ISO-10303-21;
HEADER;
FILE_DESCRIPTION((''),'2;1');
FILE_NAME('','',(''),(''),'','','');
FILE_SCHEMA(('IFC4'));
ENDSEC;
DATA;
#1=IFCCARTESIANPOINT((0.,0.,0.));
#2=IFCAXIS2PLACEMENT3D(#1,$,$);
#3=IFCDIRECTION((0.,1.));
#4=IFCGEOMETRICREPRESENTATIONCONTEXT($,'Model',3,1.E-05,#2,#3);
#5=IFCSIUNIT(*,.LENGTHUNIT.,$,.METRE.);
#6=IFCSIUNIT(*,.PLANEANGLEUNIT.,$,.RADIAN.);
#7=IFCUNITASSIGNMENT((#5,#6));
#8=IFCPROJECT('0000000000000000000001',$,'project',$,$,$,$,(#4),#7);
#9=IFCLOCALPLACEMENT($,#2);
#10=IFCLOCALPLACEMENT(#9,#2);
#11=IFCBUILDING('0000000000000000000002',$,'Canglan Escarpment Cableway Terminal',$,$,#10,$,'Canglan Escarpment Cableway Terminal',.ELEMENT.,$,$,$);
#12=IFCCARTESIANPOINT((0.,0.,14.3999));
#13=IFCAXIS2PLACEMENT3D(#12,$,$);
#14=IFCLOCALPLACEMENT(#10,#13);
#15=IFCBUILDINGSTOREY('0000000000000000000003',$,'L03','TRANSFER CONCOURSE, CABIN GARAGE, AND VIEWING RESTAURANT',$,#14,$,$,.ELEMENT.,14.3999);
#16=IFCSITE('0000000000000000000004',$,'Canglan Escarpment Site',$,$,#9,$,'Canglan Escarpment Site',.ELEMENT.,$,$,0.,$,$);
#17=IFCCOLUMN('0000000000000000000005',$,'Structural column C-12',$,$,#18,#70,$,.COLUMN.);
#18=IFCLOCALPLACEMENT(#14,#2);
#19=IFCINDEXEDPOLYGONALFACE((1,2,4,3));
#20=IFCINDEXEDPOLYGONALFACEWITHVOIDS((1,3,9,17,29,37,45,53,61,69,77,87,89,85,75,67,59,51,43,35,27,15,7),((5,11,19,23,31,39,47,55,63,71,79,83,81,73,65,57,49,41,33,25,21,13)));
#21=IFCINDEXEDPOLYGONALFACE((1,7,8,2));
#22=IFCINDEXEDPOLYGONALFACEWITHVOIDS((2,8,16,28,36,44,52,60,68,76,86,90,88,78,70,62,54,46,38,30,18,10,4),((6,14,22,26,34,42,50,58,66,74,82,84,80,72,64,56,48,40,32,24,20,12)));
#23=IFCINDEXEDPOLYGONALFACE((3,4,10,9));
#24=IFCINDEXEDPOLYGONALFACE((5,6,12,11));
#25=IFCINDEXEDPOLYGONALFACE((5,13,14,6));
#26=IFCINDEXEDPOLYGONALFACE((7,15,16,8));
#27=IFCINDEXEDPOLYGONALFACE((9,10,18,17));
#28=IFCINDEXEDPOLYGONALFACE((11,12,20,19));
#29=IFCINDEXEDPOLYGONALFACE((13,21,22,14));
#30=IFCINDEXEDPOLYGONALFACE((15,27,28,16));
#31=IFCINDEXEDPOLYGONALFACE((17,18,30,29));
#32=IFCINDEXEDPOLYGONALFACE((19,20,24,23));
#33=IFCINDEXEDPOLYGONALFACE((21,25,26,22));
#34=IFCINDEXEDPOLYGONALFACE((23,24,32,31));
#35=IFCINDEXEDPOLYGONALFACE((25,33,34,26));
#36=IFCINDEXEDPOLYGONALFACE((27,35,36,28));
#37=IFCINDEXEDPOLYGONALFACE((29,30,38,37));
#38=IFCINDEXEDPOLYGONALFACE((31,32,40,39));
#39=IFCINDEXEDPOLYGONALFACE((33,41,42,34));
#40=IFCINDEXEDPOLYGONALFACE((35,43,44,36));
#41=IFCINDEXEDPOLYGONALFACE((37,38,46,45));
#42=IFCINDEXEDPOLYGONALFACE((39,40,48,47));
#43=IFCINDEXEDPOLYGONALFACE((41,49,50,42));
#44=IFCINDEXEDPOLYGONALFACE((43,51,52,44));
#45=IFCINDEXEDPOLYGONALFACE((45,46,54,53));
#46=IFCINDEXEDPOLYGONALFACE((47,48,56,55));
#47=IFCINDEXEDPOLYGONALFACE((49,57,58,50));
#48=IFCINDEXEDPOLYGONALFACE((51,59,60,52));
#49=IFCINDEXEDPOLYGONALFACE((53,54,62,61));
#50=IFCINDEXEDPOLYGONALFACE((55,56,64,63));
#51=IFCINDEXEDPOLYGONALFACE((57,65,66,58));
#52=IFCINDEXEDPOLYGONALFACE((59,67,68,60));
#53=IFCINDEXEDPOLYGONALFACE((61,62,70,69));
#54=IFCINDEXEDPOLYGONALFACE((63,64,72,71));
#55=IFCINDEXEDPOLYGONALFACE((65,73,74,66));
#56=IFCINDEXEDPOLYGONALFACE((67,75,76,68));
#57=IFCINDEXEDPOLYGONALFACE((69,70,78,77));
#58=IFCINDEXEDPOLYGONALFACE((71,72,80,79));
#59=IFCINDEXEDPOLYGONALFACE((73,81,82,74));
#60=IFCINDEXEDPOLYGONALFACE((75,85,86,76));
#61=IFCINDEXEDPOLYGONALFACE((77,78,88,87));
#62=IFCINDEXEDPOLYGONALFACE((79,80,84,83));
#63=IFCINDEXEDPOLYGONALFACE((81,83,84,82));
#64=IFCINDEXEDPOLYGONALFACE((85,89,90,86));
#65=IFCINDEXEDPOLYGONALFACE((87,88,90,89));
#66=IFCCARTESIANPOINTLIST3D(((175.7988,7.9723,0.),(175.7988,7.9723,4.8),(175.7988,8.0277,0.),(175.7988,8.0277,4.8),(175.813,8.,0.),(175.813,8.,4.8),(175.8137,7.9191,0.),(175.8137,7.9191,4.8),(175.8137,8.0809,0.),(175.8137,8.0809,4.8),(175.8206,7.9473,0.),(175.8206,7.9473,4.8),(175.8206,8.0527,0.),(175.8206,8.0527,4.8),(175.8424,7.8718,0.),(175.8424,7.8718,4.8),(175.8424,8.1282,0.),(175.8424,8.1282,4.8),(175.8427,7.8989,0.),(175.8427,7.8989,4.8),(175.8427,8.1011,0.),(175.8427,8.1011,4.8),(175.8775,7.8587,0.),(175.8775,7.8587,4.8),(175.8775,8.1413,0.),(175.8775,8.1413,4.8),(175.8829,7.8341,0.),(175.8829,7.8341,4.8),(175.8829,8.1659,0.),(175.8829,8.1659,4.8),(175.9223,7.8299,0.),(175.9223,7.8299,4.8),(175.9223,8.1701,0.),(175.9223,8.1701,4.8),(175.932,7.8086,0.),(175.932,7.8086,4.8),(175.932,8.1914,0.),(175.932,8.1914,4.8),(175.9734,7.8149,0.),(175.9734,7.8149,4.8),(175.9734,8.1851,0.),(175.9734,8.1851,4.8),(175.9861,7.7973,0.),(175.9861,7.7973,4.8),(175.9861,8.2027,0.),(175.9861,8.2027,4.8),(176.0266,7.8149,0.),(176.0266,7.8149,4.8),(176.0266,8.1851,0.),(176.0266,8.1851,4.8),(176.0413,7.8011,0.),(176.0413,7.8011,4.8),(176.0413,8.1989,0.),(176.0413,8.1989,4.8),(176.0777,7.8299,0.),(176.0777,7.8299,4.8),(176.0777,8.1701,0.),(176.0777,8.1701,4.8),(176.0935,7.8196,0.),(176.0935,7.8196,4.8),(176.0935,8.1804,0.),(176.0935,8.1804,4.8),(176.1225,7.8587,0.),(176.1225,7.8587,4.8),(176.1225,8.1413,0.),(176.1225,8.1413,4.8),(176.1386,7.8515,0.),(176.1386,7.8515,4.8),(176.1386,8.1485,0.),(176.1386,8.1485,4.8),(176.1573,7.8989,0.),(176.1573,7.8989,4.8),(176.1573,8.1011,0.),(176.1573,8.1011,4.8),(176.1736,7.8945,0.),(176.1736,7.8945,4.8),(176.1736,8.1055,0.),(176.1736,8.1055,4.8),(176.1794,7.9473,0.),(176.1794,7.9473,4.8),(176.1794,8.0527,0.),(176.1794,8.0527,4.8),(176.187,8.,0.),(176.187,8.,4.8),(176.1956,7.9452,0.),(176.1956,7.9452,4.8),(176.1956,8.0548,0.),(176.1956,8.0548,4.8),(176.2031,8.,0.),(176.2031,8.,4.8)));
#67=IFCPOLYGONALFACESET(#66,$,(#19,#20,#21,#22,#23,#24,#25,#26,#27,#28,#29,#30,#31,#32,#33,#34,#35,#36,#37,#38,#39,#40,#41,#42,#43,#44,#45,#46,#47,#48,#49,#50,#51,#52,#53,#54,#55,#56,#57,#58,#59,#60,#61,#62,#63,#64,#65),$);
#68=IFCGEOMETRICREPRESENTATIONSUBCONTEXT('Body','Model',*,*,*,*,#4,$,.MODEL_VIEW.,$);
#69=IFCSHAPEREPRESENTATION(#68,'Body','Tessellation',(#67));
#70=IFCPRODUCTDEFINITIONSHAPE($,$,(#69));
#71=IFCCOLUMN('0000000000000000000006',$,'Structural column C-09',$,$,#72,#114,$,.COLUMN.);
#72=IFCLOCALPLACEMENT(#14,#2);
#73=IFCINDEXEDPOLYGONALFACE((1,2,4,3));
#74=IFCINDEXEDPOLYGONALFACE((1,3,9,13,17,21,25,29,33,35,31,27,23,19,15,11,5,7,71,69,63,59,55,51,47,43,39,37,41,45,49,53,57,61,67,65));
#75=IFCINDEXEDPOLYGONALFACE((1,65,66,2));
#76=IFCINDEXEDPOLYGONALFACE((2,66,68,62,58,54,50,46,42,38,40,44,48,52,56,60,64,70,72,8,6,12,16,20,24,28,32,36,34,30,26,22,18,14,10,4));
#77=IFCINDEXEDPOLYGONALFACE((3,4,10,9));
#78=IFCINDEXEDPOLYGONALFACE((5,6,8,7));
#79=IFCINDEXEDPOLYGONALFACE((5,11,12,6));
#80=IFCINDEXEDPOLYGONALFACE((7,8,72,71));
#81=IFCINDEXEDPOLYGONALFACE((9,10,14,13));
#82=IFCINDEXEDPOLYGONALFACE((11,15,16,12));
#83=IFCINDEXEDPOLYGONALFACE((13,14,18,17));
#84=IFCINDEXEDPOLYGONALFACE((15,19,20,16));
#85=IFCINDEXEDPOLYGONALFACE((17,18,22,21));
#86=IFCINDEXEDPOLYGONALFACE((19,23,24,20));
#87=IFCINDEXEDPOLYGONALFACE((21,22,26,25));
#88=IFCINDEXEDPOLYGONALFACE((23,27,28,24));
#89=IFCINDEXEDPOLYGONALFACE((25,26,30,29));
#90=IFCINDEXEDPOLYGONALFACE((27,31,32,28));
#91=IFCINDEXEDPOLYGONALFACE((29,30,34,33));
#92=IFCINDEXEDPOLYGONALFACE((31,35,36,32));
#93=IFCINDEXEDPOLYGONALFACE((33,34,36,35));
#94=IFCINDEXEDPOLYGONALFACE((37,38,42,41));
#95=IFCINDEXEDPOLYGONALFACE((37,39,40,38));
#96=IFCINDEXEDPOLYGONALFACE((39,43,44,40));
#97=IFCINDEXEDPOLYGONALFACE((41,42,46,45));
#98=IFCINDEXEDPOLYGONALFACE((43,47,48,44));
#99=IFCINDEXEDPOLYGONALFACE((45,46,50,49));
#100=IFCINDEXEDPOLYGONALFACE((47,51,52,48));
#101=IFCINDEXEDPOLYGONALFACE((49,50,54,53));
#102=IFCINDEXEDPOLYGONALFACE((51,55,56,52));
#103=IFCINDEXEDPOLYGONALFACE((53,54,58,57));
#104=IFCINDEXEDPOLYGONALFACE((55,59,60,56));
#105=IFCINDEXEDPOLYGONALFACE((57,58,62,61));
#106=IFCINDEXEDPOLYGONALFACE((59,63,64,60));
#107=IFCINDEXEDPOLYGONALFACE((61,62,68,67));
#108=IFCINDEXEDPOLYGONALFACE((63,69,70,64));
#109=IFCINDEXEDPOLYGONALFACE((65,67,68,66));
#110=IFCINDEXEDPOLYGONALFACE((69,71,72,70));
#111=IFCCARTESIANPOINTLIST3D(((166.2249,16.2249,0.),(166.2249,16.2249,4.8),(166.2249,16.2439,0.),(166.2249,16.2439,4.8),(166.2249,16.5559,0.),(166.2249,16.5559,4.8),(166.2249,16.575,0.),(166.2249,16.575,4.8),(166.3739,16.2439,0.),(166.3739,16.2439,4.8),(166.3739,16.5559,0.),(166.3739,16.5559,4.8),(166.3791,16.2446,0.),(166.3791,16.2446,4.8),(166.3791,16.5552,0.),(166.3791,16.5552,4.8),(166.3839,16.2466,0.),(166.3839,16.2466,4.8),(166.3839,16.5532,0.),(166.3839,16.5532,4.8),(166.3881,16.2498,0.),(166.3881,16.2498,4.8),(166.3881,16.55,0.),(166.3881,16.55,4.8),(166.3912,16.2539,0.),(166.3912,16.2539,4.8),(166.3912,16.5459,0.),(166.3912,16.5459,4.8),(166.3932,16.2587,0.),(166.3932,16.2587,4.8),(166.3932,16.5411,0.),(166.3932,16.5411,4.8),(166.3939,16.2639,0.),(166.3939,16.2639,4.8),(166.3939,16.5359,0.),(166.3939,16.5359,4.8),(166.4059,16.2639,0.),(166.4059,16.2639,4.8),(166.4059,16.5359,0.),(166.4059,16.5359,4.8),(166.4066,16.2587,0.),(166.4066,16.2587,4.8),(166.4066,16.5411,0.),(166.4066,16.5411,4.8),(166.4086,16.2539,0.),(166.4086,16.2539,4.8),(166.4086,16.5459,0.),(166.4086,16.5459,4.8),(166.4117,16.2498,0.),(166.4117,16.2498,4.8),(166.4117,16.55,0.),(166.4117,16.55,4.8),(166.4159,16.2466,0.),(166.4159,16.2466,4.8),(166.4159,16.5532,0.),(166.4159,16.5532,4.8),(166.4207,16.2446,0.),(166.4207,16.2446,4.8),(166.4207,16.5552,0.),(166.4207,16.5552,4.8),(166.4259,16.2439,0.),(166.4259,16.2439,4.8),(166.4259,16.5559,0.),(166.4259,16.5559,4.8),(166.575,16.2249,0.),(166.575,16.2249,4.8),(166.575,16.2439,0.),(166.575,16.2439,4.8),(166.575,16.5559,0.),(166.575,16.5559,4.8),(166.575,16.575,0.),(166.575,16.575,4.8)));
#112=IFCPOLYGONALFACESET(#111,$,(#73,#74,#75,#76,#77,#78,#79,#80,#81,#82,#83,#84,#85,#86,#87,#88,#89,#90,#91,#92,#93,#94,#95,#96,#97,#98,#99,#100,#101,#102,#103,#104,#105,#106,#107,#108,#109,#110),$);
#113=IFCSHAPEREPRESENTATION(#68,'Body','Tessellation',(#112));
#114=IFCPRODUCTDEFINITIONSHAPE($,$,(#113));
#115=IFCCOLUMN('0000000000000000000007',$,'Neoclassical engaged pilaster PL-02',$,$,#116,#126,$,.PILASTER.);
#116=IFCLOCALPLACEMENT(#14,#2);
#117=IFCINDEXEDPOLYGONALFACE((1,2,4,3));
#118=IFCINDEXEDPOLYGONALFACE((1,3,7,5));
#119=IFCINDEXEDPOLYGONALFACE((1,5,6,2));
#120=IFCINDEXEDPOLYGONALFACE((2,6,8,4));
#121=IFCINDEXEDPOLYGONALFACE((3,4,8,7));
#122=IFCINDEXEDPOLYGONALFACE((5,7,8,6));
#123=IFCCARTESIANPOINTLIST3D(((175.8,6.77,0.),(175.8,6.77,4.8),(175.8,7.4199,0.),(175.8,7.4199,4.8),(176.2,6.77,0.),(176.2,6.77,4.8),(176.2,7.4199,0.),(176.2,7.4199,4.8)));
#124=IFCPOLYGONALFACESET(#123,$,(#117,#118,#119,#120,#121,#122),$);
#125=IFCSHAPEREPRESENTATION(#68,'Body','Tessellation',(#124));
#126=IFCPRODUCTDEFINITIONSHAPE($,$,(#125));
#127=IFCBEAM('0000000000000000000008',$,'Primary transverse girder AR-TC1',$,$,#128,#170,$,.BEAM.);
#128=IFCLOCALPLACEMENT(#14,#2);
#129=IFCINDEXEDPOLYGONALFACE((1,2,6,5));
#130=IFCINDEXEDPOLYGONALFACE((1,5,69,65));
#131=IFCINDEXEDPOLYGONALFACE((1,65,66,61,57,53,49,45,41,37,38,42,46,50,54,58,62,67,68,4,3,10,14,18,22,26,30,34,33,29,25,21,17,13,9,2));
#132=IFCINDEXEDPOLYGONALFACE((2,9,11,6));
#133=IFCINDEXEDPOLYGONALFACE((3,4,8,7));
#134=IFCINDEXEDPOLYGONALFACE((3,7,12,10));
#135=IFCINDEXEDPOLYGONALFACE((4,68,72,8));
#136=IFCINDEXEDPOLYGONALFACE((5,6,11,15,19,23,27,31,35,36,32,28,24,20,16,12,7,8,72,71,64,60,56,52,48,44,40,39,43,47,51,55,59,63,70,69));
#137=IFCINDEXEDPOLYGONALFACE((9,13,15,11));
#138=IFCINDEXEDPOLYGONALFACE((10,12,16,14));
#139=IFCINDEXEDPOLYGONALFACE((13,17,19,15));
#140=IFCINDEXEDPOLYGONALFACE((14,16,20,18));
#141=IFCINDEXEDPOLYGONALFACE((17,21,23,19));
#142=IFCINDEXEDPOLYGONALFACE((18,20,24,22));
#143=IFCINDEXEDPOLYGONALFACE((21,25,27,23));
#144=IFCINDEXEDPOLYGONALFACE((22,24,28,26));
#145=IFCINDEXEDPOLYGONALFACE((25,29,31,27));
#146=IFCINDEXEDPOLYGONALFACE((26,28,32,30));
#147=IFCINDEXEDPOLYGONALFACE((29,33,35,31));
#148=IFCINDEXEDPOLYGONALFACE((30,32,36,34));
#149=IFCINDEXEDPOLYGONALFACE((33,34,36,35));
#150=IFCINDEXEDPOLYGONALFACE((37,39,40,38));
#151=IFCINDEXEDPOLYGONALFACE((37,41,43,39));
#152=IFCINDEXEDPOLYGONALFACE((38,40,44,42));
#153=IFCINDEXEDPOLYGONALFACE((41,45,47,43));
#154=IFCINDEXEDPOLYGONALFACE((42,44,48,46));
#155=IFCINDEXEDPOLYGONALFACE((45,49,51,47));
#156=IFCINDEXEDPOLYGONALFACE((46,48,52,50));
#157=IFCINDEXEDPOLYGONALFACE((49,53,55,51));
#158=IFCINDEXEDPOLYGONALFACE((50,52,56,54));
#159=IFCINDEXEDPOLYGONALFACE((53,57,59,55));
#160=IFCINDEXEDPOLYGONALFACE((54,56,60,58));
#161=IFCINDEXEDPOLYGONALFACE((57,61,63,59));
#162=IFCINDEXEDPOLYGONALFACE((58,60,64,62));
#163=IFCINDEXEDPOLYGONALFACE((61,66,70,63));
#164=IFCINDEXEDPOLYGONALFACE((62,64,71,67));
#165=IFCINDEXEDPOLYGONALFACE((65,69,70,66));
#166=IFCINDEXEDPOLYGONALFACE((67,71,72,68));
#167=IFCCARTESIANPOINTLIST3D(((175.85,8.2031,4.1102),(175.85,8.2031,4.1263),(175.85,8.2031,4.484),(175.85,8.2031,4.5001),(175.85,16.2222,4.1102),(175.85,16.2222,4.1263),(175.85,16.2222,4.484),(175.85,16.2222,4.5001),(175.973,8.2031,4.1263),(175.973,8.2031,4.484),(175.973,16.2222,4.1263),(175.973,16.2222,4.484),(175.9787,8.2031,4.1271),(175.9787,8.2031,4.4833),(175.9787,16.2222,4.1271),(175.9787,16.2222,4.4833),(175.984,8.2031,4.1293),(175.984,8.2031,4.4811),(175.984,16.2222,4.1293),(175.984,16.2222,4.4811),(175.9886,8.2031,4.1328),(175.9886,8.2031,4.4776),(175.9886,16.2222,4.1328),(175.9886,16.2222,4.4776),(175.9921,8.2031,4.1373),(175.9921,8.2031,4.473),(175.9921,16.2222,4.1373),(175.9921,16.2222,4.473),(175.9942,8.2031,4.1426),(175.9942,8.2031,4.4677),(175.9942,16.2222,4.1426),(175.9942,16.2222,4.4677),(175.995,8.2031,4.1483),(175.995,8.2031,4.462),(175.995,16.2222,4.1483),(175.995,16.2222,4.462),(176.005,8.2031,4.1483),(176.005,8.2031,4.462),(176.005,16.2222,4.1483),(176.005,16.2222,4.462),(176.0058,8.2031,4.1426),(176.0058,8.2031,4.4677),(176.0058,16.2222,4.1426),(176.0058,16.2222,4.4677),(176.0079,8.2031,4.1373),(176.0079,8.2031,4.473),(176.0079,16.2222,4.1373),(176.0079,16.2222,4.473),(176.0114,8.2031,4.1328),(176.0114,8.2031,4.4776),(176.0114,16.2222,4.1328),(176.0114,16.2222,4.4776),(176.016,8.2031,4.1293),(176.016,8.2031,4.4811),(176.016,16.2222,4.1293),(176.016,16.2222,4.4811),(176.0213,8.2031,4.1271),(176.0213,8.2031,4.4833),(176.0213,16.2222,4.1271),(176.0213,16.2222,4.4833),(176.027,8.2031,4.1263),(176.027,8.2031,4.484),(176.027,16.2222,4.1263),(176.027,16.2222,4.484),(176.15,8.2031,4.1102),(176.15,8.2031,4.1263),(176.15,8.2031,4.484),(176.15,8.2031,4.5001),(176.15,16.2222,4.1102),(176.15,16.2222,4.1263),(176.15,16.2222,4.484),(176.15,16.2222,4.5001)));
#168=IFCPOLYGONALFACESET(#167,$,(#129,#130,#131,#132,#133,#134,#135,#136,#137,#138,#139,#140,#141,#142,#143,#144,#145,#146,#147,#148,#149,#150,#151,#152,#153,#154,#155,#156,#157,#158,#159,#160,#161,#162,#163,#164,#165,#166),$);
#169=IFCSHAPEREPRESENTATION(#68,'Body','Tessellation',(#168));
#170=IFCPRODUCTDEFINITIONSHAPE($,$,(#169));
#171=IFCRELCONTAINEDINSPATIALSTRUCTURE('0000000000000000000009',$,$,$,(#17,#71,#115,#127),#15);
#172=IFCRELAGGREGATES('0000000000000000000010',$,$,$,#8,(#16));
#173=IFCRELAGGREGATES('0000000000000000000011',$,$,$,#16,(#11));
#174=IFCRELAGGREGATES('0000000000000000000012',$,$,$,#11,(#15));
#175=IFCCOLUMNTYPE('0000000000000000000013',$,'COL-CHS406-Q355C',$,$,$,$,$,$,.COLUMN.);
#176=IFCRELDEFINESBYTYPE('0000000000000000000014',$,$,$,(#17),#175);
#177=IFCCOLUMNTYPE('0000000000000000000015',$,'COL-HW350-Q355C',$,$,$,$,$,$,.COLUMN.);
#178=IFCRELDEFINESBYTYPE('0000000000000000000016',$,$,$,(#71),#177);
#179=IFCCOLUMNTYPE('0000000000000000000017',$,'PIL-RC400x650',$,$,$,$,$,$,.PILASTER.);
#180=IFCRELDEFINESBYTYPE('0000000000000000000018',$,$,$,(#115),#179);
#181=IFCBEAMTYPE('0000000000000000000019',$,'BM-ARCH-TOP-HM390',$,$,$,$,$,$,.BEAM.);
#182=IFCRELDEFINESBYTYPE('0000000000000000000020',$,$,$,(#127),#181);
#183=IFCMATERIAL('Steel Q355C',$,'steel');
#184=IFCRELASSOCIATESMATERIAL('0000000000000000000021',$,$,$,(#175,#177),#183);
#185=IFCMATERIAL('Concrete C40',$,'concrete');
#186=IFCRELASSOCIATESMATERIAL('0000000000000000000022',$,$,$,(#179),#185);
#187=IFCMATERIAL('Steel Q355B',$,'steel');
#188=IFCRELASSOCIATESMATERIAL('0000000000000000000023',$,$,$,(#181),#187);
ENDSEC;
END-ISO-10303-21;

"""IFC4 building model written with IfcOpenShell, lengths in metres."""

from ifc_helpers import new_model, si_unit, direction, frame, origin, origin_2d, place, context, subcontext, project, spatial, rectangle, hollow_circle, i_section, extrude, material, material_profile, profile_set, type_object, element, save


model = new_model("IFC4")

# Units and contexts
model_context = context("Model", 3, precision=1e-05, world=origin(), true_north=direction((0.0, 1.0)))
body_context = subcontext(model_context, "Body", "Model", "MODEL_VIEW")
ifc_project = project(units=[si_unit("LENGTHUNIT", "METRE"), si_unit("PLANEANGLEUNIT", "RADIAN")], contexts=[model_context])

# Site, building, storey
site_placement = place(None, origin())
site = spatial("IfcSite", under=ifc_project, at=site_placement, Name="Canglan Escarpment Site", LongName="Canglan Escarpment Site", CompositionType="ELEMENT", RefElevation=0.0)
building_placement = place(site_placement, origin())
building = spatial("IfcBuilding", under=site, at=building_placement, Name="Canglan Escarpment Cableway Terminal", LongName="Canglan Escarpment Cableway Terminal", CompositionType="ELEMENT")
storey_placement = place(building_placement, frame((0.0, 0.0, 14.3999)))
storey = spatial("IfcBuildingStorey", under=building, at=storey_placement, Name="L03", Description="TRANSFER CONCOURSE, CABIN GARAGE, AND VIEWING RESTAURANT", CompositionType="ELEMENT", Elevation=14.3999)

# Columns
ifc_material_1 = material(Name="Steel Q355C", Category="steel")
ifc_material_profile_1 = material_profile(ifc_material_1, hollow_circle(Radius=0.2031, WallThickness=0.0161, at=origin_2d()), Name="CHS 406.4x16")
ifc_profile_set_1 = profile_set([ifc_material_profile_1], Name="Steel Q355C")
column_type_1 = type_object("IfcColumnType", Name="COL-CHS406-Q355C", PredefinedType="COLUMN", material=ifc_profile_set_1)
column_1_placement = place(storey_placement, frame((176.0, 8.0, 0.0), z_axis=(0.0, 0.0, 1.0), x_axis=(1.0, 0.0, 0.0)))
element("IfcColumn", 1, at=column_1_placement, inside=storey, type_object=column_type_1, Name="Structural column C-12", PredefinedType="COLUMN", context=body_context, shape_type="SweptSolid", body=[
    extrude(hollow_circle(Radius=0.2031, WallThickness=0.0161, at=origin_2d()), origin(), (0.0, 0.0, 1.0), 4.8),
])
ifc_material_profile_2 = material_profile(ifc_material_1, i_section(OverallWidth=0.3501, OverallDepth=0.3501, WebThickness=0.012, FlangeThickness=0.019, FilletRadius=0.02, at=origin_2d()), Name="HW 350x350x12x19")
ifc_profile_set_2 = profile_set([ifc_material_profile_2], Name="Steel Q355C")
column_type_2 = type_object("IfcColumnType", Name="COL-HW350-Q355C", PredefinedType="COLUMN", material=ifc_profile_set_2)
column_2_placement = place(storey_placement, frame((166.3999, 16.3999, 0.0), z_axis=(0.0, 0.0, 1.0), x_axis=(1.0, 0.0, 0.0)))
element("IfcColumn", 2, at=column_2_placement, inside=storey, type_object=column_type_2, Name="Structural column C-09", PredefinedType="COLUMN", context=body_context, shape_type="SweptSolid", body=[
    extrude(i_section(OverallWidth=0.3501, OverallDepth=0.3501, WebThickness=0.012, FlangeThickness=0.019, FilletRadius=0.02, at=origin_2d()), origin(), (0.0, 0.0, 1.0), 4.8),
])
ifc_material_2 = material(Name="Concrete C40", Category="concrete")
ifc_material_profile_3 = material_profile(ifc_material_2, rectangle(XDim=0.3999, YDim=0.6499, at=origin_2d()), Name="RC-PIL 400x650")
ifc_profile_set_3 = profile_set([ifc_material_profile_3], Name="Concrete C40")
column_type_3 = type_object("IfcColumnType", Name="PIL-RC400x650", PredefinedType="PILASTER", material=ifc_profile_set_3)
column_3_placement = place(storey_placement, frame((176.0, 7.095, 0.0), z_axis=(0.0, 0.0, 1.0), x_axis=(1.0, 0.0, 0.0)))
element("IfcColumn", 3, at=column_3_placement, inside=storey, type_object=column_type_3, Name="Neoclassical engaged pilaster PL-02", PredefinedType="PILASTER", context=body_context, shape_type="SweptSolid", body=[
    extrude(rectangle(XDim=0.3999, YDim=0.6499, at=origin_2d()), origin(), (0.0, 0.0, 1.0), 4.8),
])

# Beam
ifc_material_3 = material(Name="Steel Q355B", Category="steel")
ifc_material_profile_4 = material_profile(ifc_material_3, i_section(OverallWidth=0.3, OverallDepth=0.3899, WebThickness=0.01, FlangeThickness=0.0161, FilletRadius=0.022, at=origin_2d()), Name="HM 390x300x10x16")
ifc_profile_set_4 = profile_set([ifc_material_profile_4], Name="Steel Q355B")
beam_type_1 = type_object("IfcBeamType", Name="BM-ARCH-TOP-HM390", PredefinedType="BEAM", material=ifc_profile_set_4)
beam_1_placement = place(storey_placement, frame((176.0, 8.2031, 4.3052), z_axis=(0.0, 1.0, 0.0), x_axis=(-1.0, 0.0, 0.0)))
element("IfcBeam", 4, at=beam_1_placement, inside=storey, type_object=beam_type_1, Name="Primary transverse girder AR-TC1", PredefinedType="BEAM", context=body_context, shape_type="SweptSolid", body=[
    extrude(i_section(OverallWidth=0.3, OverallDepth=0.3899, WebThickness=0.01, FlangeThickness=0.0161, FilletRadius=0.022, at=origin_2d()), origin(), (0.0, 0.0, 1.0), 8.019),
])

save(model, "model.ifc")
